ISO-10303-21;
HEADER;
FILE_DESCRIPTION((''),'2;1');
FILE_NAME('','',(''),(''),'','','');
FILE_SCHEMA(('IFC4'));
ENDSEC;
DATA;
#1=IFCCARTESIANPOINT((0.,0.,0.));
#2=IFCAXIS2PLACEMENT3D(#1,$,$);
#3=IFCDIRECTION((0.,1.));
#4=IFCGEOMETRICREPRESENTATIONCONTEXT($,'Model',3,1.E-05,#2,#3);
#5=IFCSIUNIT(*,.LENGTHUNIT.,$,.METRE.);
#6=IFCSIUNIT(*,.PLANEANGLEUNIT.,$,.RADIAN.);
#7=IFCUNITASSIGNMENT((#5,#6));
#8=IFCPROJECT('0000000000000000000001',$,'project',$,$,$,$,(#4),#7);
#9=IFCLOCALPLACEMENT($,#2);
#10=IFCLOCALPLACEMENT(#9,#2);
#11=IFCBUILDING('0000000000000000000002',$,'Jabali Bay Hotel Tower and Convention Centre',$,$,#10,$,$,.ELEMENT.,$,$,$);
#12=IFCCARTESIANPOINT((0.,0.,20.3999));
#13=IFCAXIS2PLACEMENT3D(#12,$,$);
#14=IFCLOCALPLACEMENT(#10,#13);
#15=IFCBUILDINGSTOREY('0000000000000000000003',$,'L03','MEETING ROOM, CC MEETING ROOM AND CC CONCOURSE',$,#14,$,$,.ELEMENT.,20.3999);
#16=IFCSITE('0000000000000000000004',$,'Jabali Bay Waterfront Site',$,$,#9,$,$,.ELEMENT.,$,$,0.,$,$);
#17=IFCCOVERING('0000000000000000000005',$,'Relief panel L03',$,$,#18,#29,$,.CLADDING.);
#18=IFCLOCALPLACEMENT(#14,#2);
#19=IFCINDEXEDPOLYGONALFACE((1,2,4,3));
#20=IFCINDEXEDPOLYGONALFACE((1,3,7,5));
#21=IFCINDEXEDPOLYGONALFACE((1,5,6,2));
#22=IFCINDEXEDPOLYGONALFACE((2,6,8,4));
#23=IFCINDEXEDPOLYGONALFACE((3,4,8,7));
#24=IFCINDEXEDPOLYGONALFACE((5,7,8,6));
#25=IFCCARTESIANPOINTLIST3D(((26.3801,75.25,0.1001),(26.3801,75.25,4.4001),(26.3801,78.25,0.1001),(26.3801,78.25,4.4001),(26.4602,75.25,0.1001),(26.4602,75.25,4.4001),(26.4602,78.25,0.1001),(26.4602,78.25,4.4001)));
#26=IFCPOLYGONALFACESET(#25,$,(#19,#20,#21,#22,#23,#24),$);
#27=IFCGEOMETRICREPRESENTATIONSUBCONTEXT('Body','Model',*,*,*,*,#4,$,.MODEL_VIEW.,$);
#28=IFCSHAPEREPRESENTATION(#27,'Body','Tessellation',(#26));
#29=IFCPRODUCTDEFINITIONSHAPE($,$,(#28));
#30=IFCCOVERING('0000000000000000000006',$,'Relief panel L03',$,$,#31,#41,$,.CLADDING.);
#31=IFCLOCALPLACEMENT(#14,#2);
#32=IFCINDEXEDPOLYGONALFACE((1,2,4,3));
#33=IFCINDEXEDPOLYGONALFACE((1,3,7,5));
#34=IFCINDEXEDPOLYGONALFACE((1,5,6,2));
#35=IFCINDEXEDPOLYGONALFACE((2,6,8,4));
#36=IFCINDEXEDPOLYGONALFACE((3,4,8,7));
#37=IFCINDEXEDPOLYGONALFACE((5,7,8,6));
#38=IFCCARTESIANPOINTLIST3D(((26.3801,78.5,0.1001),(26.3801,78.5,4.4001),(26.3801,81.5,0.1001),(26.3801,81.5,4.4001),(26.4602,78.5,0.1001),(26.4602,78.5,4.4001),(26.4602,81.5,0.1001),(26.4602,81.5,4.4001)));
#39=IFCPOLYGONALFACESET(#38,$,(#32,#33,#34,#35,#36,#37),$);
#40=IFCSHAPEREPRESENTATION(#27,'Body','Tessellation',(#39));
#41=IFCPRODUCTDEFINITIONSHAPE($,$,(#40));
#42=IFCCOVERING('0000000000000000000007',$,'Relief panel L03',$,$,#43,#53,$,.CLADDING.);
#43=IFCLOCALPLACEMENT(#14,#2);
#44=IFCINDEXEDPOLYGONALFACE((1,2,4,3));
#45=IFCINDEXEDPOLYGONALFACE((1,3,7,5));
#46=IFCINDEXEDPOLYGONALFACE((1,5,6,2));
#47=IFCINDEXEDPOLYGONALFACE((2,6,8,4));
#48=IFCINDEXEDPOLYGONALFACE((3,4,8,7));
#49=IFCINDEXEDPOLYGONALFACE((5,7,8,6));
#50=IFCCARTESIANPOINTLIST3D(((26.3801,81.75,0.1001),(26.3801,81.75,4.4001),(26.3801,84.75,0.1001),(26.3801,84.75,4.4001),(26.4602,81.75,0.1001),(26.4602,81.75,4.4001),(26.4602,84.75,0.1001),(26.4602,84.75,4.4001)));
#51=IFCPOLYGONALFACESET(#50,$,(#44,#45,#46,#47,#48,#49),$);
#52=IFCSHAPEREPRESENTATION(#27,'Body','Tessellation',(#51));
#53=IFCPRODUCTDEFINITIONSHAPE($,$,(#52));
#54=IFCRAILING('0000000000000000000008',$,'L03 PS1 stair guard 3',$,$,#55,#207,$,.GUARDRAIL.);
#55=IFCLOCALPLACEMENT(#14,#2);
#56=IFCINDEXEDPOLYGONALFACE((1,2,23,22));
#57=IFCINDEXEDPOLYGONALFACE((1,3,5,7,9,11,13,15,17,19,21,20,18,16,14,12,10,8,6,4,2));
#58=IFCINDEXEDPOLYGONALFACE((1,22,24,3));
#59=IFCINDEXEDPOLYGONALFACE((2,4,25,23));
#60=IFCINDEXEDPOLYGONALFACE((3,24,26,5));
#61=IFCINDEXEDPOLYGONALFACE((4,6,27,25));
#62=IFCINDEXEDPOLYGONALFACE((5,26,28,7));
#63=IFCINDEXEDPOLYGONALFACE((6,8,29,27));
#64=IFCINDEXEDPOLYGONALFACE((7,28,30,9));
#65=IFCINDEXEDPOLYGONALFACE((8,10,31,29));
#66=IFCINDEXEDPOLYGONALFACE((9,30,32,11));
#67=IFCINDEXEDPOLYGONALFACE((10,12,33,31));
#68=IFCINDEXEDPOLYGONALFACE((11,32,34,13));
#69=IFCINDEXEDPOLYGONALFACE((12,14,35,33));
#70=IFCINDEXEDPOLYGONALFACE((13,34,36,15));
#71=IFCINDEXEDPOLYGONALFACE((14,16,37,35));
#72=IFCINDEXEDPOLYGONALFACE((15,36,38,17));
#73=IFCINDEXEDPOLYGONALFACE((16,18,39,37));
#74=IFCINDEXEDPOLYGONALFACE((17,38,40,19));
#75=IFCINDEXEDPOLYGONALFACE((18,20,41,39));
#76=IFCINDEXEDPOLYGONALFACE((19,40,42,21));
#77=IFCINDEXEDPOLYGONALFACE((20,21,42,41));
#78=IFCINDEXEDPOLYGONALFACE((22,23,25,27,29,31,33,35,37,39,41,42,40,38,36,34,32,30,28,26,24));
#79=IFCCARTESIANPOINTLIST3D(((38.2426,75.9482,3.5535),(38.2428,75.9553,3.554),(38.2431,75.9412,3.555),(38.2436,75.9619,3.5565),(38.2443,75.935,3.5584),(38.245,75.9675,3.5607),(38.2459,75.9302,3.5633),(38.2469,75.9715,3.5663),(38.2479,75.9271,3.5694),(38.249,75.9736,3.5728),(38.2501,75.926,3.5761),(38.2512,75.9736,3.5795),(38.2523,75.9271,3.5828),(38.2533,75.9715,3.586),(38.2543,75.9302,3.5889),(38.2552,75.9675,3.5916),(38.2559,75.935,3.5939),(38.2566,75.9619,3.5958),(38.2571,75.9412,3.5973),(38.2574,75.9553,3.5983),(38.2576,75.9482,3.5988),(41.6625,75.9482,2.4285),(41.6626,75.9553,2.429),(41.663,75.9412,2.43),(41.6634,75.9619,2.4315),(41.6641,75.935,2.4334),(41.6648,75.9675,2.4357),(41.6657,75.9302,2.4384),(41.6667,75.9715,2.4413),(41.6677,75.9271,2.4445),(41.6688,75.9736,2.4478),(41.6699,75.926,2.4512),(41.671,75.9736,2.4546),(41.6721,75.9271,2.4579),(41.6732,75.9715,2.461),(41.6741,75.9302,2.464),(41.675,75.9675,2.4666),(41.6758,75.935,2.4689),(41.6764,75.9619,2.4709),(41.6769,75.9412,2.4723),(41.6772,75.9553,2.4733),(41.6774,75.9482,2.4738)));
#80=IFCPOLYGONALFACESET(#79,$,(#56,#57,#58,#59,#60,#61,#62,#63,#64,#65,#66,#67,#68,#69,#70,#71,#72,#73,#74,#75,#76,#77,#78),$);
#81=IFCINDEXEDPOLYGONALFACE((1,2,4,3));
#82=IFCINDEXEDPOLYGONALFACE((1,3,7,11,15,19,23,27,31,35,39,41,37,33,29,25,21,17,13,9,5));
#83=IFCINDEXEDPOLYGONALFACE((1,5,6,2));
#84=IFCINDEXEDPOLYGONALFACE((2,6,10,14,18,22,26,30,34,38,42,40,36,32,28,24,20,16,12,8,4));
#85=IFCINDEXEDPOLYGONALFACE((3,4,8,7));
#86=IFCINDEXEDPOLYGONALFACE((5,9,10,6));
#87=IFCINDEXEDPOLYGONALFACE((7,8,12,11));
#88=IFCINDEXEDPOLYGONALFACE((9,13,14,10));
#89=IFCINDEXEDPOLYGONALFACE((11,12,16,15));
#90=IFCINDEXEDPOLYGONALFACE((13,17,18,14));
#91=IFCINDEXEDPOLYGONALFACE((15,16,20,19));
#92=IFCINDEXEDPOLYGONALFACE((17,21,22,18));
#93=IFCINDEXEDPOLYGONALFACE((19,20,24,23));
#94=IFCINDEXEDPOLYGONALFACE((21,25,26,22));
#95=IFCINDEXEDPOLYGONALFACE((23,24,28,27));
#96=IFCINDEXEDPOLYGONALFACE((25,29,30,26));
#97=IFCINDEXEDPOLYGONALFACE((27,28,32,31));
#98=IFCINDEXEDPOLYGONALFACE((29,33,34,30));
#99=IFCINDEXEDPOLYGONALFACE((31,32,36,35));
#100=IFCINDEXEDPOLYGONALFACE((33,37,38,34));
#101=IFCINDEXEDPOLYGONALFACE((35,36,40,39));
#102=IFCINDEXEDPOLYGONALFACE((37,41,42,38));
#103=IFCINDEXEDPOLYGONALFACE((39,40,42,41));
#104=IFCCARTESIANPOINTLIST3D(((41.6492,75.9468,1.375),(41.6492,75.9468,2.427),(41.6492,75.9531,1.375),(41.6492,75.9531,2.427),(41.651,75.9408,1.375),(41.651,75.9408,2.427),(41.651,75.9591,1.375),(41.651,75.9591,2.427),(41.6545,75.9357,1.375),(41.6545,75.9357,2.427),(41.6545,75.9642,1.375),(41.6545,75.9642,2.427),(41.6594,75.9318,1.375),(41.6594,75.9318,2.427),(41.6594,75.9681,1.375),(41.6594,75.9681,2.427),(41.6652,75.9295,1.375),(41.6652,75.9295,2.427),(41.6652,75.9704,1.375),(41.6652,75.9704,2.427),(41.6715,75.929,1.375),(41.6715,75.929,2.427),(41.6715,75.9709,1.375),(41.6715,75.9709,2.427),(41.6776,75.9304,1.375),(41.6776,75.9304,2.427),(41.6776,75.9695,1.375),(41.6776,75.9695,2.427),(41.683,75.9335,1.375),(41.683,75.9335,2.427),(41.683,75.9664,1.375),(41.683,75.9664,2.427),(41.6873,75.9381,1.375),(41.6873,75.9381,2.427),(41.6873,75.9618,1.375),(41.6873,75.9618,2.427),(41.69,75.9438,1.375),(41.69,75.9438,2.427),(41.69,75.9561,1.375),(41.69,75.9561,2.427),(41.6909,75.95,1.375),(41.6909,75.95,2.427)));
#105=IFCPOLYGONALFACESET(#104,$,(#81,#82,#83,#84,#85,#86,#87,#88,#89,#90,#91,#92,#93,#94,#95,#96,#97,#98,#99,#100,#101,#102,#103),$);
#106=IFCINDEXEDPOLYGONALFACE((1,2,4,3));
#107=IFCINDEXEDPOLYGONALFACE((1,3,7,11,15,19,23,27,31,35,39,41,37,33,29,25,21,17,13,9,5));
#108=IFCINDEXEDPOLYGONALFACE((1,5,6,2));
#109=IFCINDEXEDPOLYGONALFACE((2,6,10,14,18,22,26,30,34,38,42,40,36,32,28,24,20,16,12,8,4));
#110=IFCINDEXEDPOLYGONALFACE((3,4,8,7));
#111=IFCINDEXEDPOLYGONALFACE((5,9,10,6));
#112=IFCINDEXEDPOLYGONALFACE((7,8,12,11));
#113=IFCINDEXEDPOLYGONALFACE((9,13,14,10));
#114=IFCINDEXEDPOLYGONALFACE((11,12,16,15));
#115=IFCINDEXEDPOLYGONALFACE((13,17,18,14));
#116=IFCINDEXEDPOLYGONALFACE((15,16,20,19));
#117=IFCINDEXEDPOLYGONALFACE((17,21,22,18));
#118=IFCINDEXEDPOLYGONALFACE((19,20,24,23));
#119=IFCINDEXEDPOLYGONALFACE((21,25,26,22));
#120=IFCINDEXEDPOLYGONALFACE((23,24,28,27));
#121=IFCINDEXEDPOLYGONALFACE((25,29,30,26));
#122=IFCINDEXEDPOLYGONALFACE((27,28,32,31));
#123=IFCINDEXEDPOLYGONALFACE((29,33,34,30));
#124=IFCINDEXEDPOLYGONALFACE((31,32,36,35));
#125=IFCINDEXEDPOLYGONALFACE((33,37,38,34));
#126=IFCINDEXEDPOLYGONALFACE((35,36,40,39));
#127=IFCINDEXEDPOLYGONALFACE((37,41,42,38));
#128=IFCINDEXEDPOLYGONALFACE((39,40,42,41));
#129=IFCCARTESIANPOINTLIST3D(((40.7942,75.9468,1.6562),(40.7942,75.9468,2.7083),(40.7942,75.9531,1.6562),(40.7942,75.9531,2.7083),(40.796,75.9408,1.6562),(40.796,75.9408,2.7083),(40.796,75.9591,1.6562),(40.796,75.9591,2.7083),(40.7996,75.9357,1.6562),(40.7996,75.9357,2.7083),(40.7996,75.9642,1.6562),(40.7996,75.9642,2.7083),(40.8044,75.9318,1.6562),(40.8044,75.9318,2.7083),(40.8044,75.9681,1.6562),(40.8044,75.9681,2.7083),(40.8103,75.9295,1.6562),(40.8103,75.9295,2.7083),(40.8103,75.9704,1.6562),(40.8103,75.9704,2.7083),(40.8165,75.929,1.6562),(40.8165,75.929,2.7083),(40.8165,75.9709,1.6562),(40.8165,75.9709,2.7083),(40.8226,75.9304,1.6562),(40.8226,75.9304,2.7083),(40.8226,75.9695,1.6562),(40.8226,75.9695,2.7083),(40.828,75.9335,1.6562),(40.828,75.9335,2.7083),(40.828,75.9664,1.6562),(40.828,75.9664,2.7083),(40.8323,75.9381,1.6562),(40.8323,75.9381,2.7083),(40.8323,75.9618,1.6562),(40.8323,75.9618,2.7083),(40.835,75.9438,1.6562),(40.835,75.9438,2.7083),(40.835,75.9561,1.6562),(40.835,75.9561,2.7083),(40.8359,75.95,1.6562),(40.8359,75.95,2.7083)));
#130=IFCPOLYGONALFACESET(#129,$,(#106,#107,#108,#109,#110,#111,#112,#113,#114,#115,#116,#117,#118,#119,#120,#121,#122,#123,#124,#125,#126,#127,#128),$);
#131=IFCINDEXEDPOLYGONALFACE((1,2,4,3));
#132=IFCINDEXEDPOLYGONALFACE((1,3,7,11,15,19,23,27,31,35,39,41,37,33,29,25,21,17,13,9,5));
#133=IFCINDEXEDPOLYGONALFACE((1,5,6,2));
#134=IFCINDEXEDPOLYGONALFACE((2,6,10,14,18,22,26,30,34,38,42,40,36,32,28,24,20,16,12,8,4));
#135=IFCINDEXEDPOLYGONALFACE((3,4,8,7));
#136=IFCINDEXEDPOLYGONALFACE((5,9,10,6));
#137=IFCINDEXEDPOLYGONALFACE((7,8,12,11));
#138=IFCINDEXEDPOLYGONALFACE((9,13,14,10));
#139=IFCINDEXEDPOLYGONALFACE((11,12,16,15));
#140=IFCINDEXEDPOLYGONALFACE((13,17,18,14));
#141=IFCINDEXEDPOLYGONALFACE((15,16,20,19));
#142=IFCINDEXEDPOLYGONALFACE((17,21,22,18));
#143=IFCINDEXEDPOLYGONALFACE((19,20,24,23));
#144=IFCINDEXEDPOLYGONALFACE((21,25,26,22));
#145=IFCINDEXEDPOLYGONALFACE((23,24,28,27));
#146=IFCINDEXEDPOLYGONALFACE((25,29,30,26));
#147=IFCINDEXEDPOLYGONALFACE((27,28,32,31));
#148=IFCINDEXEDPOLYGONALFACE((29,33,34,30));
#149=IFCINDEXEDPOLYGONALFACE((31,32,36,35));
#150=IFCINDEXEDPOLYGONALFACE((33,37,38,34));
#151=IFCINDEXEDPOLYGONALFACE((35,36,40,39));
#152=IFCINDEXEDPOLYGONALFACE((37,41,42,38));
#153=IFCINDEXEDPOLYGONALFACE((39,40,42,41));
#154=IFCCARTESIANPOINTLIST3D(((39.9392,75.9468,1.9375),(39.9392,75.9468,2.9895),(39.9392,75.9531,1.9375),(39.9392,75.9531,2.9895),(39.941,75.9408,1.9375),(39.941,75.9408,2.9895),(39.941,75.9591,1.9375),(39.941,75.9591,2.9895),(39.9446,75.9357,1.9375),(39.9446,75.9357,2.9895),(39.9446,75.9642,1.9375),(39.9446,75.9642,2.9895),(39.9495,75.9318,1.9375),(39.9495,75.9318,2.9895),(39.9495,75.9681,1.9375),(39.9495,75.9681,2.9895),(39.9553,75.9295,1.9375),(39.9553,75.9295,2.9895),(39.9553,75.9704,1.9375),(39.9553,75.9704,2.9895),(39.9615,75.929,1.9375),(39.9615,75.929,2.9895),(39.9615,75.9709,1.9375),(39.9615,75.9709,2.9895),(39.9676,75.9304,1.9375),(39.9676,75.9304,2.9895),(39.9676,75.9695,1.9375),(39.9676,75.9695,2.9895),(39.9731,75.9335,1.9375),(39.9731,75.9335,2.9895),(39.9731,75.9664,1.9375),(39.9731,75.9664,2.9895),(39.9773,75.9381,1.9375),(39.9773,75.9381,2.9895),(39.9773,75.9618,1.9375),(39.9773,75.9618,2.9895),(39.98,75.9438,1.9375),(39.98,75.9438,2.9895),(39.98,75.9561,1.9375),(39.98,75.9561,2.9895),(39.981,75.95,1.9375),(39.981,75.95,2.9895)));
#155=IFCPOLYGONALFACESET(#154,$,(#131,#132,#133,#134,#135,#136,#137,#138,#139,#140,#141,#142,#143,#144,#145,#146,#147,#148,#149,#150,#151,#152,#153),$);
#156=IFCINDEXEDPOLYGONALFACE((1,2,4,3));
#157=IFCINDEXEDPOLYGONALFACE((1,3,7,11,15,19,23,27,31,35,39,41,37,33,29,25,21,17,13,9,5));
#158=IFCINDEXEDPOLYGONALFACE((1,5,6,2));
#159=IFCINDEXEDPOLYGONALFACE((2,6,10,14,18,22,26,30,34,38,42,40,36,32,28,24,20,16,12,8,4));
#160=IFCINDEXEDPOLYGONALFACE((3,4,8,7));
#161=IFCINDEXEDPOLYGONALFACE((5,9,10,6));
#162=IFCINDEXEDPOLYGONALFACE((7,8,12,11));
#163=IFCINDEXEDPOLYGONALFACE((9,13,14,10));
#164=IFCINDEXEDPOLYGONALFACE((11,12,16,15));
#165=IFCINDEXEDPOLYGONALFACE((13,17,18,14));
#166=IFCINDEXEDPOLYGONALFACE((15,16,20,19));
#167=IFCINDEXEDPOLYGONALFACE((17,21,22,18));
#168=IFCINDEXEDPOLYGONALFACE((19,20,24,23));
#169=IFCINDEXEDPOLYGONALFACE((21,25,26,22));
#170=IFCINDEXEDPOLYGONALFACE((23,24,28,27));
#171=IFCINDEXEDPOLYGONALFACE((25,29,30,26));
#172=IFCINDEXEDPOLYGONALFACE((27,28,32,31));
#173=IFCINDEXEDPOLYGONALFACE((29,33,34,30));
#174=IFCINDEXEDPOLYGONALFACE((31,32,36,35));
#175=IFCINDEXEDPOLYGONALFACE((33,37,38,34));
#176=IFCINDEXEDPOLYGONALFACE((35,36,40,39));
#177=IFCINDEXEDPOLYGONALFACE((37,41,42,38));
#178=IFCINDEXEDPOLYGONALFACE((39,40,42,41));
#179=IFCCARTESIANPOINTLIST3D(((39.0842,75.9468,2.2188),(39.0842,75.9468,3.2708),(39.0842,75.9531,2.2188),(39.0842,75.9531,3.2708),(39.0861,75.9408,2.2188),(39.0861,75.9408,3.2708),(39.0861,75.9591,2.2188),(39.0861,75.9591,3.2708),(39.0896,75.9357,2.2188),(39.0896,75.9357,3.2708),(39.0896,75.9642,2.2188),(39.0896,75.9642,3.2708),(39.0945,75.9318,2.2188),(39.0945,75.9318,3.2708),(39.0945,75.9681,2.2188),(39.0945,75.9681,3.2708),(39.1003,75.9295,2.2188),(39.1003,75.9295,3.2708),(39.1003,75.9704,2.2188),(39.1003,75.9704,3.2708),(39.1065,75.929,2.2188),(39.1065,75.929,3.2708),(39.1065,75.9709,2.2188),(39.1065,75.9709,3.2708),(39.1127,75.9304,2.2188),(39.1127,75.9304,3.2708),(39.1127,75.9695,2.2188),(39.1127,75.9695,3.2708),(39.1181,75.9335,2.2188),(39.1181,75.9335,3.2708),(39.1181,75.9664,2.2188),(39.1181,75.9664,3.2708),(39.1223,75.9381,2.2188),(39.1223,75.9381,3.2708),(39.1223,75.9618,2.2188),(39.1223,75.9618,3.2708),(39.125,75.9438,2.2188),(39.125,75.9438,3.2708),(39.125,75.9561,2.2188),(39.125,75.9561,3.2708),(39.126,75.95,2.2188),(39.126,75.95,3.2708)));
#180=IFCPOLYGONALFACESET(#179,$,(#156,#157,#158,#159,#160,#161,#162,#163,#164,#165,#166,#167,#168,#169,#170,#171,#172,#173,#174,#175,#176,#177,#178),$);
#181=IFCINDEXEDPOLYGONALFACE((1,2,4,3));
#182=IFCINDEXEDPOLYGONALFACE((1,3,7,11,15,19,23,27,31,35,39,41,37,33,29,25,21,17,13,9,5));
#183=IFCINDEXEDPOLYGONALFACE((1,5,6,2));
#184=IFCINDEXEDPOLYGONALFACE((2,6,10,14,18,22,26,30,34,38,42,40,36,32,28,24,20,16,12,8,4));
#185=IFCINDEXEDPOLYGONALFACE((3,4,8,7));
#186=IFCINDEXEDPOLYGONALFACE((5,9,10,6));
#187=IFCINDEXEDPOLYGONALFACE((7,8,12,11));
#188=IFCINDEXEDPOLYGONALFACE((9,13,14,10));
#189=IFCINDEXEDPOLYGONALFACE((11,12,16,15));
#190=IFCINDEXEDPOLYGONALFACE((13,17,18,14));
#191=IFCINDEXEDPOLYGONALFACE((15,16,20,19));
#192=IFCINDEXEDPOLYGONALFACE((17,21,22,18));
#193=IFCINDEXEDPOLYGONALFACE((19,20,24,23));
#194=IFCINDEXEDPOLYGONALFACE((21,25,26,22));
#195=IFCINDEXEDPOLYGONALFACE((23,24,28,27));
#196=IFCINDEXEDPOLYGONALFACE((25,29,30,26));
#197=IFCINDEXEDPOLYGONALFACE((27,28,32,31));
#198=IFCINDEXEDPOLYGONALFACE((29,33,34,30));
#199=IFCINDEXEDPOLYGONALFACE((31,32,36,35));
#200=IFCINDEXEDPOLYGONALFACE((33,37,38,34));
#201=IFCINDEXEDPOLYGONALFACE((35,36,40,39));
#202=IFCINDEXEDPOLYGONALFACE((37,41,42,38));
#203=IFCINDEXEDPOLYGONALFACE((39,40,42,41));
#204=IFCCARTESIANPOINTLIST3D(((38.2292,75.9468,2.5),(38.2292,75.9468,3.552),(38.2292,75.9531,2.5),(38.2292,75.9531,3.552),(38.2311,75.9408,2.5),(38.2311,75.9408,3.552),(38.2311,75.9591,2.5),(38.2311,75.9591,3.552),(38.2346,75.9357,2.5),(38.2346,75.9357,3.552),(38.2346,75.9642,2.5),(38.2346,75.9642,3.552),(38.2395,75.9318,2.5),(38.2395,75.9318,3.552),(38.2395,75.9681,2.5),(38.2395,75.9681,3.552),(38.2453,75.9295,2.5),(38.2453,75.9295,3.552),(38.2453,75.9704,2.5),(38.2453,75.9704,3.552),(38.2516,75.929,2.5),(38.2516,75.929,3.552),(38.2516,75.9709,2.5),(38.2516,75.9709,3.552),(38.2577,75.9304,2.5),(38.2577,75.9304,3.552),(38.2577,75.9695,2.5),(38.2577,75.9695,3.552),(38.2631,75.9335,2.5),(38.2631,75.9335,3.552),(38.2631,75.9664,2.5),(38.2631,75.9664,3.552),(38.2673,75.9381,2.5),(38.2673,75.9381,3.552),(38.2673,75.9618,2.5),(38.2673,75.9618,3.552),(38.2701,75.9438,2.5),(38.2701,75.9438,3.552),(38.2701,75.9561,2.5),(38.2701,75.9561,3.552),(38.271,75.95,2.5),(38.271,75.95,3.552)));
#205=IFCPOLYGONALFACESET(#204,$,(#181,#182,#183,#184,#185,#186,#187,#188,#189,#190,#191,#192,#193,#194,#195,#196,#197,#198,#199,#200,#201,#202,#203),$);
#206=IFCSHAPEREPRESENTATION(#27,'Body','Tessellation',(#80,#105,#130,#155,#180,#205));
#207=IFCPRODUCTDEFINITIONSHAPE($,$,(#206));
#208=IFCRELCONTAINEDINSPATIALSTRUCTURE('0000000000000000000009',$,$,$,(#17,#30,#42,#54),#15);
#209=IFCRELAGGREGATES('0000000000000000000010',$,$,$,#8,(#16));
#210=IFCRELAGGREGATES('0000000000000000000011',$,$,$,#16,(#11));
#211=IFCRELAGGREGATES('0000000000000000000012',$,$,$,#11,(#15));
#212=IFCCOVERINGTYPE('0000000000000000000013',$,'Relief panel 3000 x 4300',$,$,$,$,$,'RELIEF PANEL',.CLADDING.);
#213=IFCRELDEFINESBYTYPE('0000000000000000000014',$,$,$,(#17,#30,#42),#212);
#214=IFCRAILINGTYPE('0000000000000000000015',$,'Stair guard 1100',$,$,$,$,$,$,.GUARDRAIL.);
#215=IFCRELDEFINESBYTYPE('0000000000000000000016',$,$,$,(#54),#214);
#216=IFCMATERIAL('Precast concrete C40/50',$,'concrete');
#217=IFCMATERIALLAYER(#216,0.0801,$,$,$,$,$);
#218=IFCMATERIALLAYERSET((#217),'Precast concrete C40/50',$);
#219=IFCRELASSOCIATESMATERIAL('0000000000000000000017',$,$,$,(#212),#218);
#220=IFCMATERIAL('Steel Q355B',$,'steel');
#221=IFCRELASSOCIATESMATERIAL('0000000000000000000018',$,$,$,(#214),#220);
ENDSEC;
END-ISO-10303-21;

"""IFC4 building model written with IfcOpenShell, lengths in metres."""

from ifc_helpers import new_model, si_unit, direction, frame, origin, origin_2d, place, context, subcontext, project, spatial, rectangle, circle, extrude, material, layer, layer_set, type_object, element, save


model = new_model("IFC4")

# Units and contexts
model_context = context("Model", 3, precision=1e-05, world=origin(), true_north=direction((0.0, 1.0)))
body_context = subcontext(model_context, "Body", "Model", "MODEL_VIEW")
ifc_project = project(units=[si_unit("LENGTHUNIT", "METRE"), si_unit("PLANEANGLEUNIT", "RADIAN")], contexts=[model_context])

# Site, building, storey
site_placement = place(None, origin())
site = spatial("IfcSite", under=ifc_project, at=site_placement, Name="Jabali Bay Waterfront Site", CompositionType="ELEMENT", RefElevation=0.0)
building_placement = place(site_placement, origin())
building = spatial("IfcBuilding", under=site, at=building_placement, Name="Jabali Bay Hotel Tower and Convention Centre", CompositionType="ELEMENT")
storey_placement = place(building_placement, frame((0.0, 0.0, 20.3999)))
storey = spatial("IfcBuildingStorey", under=building, at=storey_placement, Name="L03", Description="MEETING ROOM, CC MEETING ROOM AND CC CONCOURSE", CompositionType="ELEMENT", Elevation=20.3999)

# Coverings
ifc_material_1 = material(Name="Precast concrete C40/50", Category="concrete")
ifc_layer_1 = layer(ifc_material_1, 0.0801)
ifc_layer_set_1 = layer_set([ifc_layer_1], Name="Precast concrete C40/50")
covering_type = type_object("IfcCoveringType", Name="Relief panel 3000 x 4300", ElementType="RELIEF PANEL", PredefinedType="CLADDING", material=ifc_layer_set_1)
for number, where, z_axis, x_axis, name in (
    (1, (26.4202, 76.75, 0.1001), (0.0, 0.0, 1.0), (0.0, 1.0, 0.0), "Relief panel L03"),
    (2, (26.4202, 80.0, 0.1001), (0.0, 0.0, 1.0), (0.0, 1.0, 0.0), "Relief panel L03"),
    (3, (26.4202, 83.25, 0.1001), (0.0, 0.0, 1.0), (0.0, 1.0, 0.0), "Relief panel L03"),
):
    element("IfcCovering", number, at=place(storey_placement, frame(where, z_axis=z_axis, x_axis=x_axis)), inside=storey, type_object=covering_type, Name=name, PredefinedType="CLADDING", context=body_context, shape_type="SweptSolid", body=[
        extrude(rectangle(XDim=3.0, YDim=0.0801, at=origin_2d()), origin(), (0.0, 0.0, 1.0), 4.3),
    ])

# Railing
ifc_material_2 = material(Name="Steel Q355B", Category="steel")
railing_type_1 = type_object("IfcRailingType", Name="Stair guard 1100", PredefinedType="GUARDRAIL", material=ifc_material_2)
for number, where, name in (
    (4, (41.6699, 75.95, 1.375), "L03 PS1 stair guard 3"),
):
    element("IfcRailing", number, at=place(storey_placement, frame(where)), inside=storey, type_object=railing_type_1, Name=name, PredefinedType="GUARDRAIL", context=body_context, shape_type="SweptSolid", body=[
        extrude(circle(Radius=0.0239, at=origin_2d()), frame((0.0, 0.0, 1.0762), z_axis=(-0.949924, 0.0, 0.312482), x_axis=(0.0, -1.0, 0.0)), (0.0, 0.0, 1.0), 3.6001),
        extrude(circle(Radius=0.021, at=origin_2d()), origin(), (0.0, 0.0, 1.0), 1.052),
        extrude(circle(Radius=0.021, at=origin_2d()), frame((-0.855, 0.0, 0.2812)), (0.0, 0.0, 1.0), 1.052),
        extrude(circle(Radius=0.021, at=origin_2d()), frame((-1.71, 0.0, 0.5625)), (0.0, 0.0, 1.0), 1.052),
        extrude(circle(Radius=0.021, at=origin_2d()), frame((-2.5649, 0.0, 0.8438)), (0.0, 0.0, 1.0), 1.052),
        extrude(circle(Radius=0.021, at=origin_2d()), frame((-3.4199, 0.0, 1.125)), (0.0, 0.0, 1.0), 1.052),
    ])

save(model, "model.ifc")
